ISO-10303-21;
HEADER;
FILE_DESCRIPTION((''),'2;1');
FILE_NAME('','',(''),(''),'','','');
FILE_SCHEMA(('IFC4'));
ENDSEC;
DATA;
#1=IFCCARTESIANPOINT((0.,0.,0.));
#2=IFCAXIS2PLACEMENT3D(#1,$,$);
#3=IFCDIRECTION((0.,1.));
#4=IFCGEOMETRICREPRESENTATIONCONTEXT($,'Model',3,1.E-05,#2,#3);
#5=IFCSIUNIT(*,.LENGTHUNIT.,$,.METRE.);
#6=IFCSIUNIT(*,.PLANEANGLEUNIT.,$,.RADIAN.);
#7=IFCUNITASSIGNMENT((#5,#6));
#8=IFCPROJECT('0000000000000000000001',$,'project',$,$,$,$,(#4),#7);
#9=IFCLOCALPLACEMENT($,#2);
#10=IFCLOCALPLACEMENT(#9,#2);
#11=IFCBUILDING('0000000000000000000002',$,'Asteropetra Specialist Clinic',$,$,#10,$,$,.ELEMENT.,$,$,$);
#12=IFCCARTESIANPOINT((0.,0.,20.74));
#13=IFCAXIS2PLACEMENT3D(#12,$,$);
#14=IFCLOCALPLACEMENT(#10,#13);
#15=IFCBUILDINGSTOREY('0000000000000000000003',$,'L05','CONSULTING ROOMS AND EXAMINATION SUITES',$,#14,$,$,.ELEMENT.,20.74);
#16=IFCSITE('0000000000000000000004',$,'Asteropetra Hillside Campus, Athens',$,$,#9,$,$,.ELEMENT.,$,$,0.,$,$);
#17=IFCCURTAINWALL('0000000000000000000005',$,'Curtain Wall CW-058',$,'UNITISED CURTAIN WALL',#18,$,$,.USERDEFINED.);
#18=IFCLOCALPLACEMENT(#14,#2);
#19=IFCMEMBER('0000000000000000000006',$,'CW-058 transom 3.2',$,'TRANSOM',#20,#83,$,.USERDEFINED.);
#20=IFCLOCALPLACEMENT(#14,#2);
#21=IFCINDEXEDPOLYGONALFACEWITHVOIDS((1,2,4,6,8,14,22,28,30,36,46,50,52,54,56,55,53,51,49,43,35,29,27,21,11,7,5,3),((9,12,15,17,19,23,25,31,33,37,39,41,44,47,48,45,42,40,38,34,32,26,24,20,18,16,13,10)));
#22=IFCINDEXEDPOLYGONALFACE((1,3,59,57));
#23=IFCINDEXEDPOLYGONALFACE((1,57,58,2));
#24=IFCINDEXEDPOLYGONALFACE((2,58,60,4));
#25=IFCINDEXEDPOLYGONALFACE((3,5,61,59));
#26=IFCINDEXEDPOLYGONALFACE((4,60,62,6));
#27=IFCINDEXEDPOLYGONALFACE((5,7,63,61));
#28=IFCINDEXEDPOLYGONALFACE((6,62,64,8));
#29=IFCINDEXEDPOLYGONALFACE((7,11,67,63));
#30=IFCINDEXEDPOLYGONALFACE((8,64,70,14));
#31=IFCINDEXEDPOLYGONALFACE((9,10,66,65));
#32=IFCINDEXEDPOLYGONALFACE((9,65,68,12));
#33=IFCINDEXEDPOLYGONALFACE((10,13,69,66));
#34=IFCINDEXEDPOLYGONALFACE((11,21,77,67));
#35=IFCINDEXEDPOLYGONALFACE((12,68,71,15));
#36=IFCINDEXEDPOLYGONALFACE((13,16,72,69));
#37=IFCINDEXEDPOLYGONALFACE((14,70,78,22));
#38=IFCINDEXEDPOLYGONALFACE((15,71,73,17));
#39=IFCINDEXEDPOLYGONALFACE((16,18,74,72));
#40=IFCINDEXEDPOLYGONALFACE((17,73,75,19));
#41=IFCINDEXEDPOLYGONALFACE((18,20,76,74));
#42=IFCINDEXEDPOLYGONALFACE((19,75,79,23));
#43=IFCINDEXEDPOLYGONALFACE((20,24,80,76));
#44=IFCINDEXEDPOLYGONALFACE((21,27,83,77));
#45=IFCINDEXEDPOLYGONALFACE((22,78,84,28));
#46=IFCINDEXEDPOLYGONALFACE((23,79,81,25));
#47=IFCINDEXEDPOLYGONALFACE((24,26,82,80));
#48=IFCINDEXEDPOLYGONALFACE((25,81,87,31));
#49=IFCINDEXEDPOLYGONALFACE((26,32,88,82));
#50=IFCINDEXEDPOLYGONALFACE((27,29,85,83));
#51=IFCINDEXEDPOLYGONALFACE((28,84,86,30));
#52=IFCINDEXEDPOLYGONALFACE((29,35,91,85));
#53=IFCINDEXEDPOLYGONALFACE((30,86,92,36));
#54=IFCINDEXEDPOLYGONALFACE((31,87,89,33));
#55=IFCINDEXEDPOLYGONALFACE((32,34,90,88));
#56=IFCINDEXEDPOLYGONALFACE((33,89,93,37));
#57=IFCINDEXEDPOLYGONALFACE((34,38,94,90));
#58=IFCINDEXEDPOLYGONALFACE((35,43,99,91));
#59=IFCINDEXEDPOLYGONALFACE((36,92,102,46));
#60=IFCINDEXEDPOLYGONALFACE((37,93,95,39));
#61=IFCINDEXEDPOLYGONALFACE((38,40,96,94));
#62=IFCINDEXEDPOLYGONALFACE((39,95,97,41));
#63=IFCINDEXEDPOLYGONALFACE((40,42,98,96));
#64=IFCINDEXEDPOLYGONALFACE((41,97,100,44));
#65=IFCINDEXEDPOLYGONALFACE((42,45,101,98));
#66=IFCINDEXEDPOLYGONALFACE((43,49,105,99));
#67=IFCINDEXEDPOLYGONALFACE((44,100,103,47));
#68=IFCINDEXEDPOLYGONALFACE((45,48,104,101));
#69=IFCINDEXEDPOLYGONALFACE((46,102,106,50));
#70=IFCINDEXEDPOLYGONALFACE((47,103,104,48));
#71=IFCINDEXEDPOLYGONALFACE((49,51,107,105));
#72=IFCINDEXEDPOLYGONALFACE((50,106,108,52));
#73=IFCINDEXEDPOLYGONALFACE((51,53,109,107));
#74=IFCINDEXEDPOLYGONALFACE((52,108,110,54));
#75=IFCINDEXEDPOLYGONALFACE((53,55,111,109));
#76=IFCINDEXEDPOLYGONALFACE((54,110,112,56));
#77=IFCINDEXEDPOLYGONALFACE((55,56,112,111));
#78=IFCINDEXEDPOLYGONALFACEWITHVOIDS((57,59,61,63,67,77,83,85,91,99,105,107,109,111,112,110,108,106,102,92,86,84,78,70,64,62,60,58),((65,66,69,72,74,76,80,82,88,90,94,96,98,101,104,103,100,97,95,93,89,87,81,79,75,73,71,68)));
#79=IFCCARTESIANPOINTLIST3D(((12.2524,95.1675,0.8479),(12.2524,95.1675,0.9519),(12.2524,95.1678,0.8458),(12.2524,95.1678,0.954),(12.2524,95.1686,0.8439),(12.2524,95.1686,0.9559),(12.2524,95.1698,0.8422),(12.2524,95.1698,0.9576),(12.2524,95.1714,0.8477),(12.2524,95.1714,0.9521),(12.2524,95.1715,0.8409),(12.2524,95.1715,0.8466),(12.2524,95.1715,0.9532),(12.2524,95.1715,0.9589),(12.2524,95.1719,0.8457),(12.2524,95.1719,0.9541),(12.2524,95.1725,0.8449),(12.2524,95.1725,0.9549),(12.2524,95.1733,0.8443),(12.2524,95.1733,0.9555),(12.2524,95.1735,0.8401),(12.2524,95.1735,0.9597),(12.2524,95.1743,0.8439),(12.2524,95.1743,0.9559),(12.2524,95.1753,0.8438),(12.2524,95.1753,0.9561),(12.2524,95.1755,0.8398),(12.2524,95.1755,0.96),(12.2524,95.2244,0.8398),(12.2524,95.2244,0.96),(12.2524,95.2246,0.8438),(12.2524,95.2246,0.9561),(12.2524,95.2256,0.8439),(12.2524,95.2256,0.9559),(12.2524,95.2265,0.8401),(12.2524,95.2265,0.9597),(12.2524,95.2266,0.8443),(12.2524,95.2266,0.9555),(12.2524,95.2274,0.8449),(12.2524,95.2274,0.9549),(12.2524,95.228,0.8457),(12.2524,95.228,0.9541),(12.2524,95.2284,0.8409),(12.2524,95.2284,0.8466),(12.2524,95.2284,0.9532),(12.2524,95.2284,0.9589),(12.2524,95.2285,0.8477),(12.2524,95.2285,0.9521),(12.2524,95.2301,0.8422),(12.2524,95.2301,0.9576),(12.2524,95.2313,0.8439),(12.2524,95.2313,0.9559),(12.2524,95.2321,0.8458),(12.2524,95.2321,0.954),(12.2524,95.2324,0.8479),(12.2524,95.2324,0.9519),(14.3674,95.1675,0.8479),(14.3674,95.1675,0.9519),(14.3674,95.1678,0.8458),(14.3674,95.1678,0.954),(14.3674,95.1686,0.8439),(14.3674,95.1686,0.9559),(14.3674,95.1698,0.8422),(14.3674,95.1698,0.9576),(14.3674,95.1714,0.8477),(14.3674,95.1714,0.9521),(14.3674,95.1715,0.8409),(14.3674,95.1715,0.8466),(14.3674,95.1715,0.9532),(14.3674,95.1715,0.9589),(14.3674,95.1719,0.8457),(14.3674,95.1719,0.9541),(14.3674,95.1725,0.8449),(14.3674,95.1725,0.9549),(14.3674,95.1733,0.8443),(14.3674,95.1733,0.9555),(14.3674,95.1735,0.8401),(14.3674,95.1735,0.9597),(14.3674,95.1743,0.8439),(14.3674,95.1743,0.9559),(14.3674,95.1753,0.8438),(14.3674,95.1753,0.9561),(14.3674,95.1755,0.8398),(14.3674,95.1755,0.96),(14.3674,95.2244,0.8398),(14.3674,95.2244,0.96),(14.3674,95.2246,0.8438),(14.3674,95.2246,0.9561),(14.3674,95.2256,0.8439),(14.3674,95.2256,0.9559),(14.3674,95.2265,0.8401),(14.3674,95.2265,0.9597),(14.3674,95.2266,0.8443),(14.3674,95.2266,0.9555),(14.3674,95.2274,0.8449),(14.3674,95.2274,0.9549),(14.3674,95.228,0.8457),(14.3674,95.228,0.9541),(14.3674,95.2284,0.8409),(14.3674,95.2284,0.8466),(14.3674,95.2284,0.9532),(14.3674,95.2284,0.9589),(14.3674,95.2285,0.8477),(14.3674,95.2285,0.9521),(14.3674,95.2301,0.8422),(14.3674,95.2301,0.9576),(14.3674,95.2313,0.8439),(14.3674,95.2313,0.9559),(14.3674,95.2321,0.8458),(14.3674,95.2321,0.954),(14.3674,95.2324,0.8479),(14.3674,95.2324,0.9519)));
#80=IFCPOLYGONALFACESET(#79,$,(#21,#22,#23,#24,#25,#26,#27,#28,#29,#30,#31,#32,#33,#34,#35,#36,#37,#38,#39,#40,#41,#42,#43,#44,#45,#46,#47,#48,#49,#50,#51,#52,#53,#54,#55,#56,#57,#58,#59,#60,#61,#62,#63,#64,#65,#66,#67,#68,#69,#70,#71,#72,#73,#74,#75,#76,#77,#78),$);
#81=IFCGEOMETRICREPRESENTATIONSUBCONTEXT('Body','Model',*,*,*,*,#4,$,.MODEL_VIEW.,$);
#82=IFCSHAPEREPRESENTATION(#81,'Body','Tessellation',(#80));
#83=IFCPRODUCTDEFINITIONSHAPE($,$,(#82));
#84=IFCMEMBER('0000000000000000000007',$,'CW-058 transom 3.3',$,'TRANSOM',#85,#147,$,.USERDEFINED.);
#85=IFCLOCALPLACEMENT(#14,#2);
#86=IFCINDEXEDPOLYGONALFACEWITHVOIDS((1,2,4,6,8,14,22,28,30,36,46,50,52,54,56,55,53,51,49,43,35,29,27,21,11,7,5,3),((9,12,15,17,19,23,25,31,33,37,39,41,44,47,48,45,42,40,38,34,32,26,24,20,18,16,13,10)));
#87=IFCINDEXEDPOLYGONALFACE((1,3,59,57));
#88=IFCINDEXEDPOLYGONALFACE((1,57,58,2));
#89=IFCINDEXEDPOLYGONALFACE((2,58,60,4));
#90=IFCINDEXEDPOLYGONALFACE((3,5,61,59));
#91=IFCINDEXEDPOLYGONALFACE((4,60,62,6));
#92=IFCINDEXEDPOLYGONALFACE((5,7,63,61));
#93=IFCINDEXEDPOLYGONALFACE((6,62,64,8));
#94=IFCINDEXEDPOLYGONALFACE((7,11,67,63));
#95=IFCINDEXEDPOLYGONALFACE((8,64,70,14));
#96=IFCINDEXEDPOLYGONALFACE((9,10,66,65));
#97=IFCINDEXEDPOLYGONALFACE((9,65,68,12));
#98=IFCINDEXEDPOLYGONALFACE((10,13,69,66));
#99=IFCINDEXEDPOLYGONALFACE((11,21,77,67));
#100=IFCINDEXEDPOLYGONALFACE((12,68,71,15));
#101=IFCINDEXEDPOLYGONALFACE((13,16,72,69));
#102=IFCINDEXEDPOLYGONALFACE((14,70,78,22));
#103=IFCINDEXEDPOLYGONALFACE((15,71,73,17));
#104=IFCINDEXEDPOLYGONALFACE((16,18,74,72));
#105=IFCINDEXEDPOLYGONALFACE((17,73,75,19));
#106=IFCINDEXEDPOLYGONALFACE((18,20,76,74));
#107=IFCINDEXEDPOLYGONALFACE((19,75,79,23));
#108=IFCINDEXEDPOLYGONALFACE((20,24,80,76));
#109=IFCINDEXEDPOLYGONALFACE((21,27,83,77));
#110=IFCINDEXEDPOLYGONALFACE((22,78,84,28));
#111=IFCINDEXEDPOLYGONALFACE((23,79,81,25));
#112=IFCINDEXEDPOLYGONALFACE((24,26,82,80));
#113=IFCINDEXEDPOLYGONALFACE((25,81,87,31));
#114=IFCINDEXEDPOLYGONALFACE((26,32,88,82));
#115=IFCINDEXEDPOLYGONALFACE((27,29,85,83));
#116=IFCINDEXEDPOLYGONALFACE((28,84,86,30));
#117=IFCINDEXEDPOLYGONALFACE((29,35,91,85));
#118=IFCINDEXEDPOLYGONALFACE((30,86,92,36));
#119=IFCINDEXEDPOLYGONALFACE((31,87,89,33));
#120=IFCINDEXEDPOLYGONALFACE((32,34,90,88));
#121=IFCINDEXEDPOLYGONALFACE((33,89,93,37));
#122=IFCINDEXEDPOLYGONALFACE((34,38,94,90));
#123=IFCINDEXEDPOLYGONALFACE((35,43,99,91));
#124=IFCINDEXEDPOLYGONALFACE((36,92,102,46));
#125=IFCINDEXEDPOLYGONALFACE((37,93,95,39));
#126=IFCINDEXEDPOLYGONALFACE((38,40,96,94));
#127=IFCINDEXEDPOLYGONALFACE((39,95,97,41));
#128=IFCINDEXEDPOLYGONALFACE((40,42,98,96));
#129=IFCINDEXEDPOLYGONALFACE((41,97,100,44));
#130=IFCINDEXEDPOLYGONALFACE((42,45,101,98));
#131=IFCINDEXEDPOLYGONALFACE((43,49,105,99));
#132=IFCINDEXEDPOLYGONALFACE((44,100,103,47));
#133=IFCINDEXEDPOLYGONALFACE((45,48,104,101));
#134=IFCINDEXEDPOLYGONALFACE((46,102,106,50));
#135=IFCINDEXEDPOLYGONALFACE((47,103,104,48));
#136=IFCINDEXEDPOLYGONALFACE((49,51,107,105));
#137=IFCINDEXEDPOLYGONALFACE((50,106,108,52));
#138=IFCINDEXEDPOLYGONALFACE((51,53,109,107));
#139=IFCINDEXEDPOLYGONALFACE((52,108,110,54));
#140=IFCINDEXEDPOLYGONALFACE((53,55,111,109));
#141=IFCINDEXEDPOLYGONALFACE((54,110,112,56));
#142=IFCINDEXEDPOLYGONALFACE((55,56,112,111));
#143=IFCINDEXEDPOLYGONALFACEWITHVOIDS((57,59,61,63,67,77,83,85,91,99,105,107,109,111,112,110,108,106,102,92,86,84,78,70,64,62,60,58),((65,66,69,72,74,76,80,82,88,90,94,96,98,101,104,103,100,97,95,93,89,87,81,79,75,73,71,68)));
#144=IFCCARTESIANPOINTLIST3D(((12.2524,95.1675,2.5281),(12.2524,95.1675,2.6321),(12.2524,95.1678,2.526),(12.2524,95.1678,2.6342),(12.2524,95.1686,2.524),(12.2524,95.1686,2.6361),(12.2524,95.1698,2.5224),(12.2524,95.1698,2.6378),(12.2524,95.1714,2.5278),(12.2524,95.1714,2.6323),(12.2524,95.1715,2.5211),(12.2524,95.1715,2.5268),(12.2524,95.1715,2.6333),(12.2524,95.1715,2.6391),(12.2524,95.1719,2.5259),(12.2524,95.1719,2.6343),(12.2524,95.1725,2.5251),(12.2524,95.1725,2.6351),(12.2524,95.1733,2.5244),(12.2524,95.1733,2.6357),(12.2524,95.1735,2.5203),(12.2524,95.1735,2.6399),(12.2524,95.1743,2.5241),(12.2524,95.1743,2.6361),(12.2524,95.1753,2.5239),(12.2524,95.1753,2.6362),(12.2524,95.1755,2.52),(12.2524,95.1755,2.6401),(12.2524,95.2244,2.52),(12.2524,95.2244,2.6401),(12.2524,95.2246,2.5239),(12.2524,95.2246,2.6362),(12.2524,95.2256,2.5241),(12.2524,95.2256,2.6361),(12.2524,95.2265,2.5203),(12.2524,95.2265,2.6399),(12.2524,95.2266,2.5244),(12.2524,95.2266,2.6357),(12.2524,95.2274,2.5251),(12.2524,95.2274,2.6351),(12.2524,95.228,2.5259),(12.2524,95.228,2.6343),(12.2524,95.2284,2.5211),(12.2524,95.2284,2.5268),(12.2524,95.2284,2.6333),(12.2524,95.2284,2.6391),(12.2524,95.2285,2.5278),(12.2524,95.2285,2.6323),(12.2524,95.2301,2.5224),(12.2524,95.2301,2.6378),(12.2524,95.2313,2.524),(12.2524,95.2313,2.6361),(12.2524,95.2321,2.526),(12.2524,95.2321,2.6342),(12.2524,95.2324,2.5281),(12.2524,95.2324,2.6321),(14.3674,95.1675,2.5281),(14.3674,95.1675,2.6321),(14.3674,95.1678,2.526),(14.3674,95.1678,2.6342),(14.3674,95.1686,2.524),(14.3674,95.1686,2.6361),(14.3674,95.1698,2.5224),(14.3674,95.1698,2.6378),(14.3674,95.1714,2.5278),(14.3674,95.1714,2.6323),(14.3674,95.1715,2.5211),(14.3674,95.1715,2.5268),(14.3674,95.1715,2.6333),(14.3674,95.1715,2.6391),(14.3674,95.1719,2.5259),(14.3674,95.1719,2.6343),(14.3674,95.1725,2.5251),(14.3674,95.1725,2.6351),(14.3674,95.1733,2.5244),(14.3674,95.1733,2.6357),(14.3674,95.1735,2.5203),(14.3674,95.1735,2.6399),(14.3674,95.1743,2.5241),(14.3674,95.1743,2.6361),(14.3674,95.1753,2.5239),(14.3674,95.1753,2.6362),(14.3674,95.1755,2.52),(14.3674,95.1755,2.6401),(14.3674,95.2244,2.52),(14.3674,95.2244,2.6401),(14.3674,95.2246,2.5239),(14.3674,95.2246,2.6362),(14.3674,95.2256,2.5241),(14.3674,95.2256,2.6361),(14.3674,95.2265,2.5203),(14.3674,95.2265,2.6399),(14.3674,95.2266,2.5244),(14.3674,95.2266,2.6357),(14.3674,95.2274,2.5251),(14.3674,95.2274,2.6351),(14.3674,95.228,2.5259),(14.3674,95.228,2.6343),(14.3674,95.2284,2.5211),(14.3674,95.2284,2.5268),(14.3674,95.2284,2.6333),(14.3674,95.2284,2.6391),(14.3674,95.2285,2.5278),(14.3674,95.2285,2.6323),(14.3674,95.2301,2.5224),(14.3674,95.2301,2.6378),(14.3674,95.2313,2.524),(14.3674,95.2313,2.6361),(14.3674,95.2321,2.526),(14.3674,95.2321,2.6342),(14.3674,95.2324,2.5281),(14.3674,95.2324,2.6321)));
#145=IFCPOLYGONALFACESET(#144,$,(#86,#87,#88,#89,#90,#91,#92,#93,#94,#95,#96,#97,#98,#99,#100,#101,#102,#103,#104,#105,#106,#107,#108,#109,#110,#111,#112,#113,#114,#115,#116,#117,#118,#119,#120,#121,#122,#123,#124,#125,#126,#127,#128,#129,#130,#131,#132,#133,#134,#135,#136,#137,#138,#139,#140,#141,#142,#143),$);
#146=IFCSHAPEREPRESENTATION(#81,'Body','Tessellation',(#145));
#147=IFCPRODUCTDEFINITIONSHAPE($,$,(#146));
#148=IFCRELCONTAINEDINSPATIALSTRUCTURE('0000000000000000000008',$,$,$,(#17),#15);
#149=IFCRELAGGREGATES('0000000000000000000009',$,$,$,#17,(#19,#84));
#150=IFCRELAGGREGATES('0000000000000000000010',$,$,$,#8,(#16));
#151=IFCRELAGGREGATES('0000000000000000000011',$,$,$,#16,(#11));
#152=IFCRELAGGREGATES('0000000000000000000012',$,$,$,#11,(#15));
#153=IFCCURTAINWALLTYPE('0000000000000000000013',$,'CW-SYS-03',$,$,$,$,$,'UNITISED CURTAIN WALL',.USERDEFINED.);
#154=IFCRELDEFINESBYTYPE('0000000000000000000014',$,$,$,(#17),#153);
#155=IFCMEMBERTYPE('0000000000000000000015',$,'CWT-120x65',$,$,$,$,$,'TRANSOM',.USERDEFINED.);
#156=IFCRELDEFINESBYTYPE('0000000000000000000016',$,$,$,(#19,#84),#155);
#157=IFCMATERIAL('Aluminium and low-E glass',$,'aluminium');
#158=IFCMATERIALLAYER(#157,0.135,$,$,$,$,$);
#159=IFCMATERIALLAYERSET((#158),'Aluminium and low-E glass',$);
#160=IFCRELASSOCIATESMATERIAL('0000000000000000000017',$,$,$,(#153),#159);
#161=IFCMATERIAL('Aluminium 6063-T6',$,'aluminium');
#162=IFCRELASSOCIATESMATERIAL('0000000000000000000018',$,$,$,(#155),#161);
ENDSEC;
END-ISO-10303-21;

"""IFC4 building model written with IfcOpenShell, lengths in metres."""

from ifc_helpers import new_model, si_unit, direction, frame, origin, origin_2d, place, context, subcontext, project, spatial, hollow_rectangle, extrude, material, layer, layer_set, material_profile, profile_set, type_object, element, aggregate, save


model = new_model("IFC4")

# Units and contexts
model_context = context("Model", 3, precision=1e-05, world=origin(), true_north=direction((0.0, 1.0)))
body_context = subcontext(model_context, "Body", "Model", "MODEL_VIEW")
ifc_project = project(units=[si_unit("LENGTHUNIT", "METRE"), si_unit("PLANEANGLEUNIT", "RADIAN")], contexts=[model_context])

# Site, building, storey
site_placement = place(None, origin())
site = spatial("IfcSite", under=ifc_project, at=site_placement, Name="Asteropetra Hillside Campus, Athens", CompositionType="ELEMENT", RefElevation=0.0)
building_placement = place(site_placement, origin())
building = spatial("IfcBuilding", under=site, at=building_placement, Name="Asteropetra Specialist Clinic", CompositionType="ELEMENT")
storey_placement = place(building_placement, frame((0.0, 0.0, 20.74)))
storey = spatial("IfcBuildingStorey", under=building, at=storey_placement, Name="L05", Description="CONSULTING ROOMS AND EXAMINATION SUITES", CompositionType="ELEMENT", Elevation=20.74)

# Curtain wall, members
ifc_material_1 = material(Name="Aluminium and low-E glass", Category="aluminium")
ifc_layer_1 = layer(ifc_material_1, 0.135)
ifc_layer_set_1 = layer_set([ifc_layer_1], Name="Aluminium and low-E glass")
curtain_wall_type = type_object("IfcCurtainWallType", Name="CW-SYS-03", ElementType="UNITISED CURTAIN WALL", PredefinedType="USERDEFINED", material=ifc_layer_set_1)
curtain_wall_placement = place(storey_placement, origin())
curtain_wall = element("IfcCurtainWall", 1, at=curtain_wall_placement, inside=storey, type_object=curtain_wall_type, Name="Curtain Wall CW-058", ObjectType="UNITISED CURTAIN WALL", PredefinedType="USERDEFINED")
ifc_material_2 = material(Name="Aluminium 6063-T6", Category="aluminium")
ifc_material_profile_1 = material_profile(ifc_material_2, hollow_rectangle(XDim=0.0649, YDim=0.1201, WallThickness=0.0039, InnerFilletRadius=0.0039, OuterFilletRadius=0.0081, at=origin_2d()), Name="TRN 120x65x4.0")
ifc_profile_set_1 = profile_set([ifc_material_profile_1], Name="Aluminium 6063-T6")
member_type_1 = type_object("IfcMemberType", Name="CWT-120x65", ElementType="TRANSOM", PredefinedType="USERDEFINED", material=ifc_profile_set_1)
member_1_placement = place(storey_placement, frame((14.3674, 95.2, 0.8999), z_axis=(-1.0, 0.0, 0.0), x_axis=(0.0, -1.0, 0.0)))
member_1 = element("IfcMember", 2, at=member_1_placement, type_object=member_type_1, Name="CW-058 transom 3.2", ObjectType="TRANSOM", PredefinedType="USERDEFINED", context=body_context, shape_type="SweptSolid", body=[
    extrude(hollow_rectangle(XDim=0.0649, YDim=0.1201, WallThickness=0.0039, InnerFilletRadius=0.0039, OuterFilletRadius=0.0081, at=origin_2d()), origin(), (0.0, 0.0, 1.0), 2.115),
])
member_2_placement = place(storey_placement, frame((14.3674, 95.2, 2.5801), z_axis=(-1.0, 0.0, 0.0), x_axis=(0.0, -1.0, 0.0)))
member_2 = element("IfcMember", 3, at=member_2_placement, type_object=member_type_1, Name="CW-058 transom 3.3", ObjectType="TRANSOM", PredefinedType="USERDEFINED", context=body_context, shape_type="SweptSolid", body=[
    extrude(hollow_rectangle(XDim=0.0649, YDim=0.1201, WallThickness=0.0039, InnerFilletRadius=0.0039, OuterFilletRadius=0.0081, at=origin_2d()), origin(), (0.0, 0.0, 1.0), 2.115),
])
aggregate(curtain_wall, [member_1, member_2])

save(model, "model.ifc")
